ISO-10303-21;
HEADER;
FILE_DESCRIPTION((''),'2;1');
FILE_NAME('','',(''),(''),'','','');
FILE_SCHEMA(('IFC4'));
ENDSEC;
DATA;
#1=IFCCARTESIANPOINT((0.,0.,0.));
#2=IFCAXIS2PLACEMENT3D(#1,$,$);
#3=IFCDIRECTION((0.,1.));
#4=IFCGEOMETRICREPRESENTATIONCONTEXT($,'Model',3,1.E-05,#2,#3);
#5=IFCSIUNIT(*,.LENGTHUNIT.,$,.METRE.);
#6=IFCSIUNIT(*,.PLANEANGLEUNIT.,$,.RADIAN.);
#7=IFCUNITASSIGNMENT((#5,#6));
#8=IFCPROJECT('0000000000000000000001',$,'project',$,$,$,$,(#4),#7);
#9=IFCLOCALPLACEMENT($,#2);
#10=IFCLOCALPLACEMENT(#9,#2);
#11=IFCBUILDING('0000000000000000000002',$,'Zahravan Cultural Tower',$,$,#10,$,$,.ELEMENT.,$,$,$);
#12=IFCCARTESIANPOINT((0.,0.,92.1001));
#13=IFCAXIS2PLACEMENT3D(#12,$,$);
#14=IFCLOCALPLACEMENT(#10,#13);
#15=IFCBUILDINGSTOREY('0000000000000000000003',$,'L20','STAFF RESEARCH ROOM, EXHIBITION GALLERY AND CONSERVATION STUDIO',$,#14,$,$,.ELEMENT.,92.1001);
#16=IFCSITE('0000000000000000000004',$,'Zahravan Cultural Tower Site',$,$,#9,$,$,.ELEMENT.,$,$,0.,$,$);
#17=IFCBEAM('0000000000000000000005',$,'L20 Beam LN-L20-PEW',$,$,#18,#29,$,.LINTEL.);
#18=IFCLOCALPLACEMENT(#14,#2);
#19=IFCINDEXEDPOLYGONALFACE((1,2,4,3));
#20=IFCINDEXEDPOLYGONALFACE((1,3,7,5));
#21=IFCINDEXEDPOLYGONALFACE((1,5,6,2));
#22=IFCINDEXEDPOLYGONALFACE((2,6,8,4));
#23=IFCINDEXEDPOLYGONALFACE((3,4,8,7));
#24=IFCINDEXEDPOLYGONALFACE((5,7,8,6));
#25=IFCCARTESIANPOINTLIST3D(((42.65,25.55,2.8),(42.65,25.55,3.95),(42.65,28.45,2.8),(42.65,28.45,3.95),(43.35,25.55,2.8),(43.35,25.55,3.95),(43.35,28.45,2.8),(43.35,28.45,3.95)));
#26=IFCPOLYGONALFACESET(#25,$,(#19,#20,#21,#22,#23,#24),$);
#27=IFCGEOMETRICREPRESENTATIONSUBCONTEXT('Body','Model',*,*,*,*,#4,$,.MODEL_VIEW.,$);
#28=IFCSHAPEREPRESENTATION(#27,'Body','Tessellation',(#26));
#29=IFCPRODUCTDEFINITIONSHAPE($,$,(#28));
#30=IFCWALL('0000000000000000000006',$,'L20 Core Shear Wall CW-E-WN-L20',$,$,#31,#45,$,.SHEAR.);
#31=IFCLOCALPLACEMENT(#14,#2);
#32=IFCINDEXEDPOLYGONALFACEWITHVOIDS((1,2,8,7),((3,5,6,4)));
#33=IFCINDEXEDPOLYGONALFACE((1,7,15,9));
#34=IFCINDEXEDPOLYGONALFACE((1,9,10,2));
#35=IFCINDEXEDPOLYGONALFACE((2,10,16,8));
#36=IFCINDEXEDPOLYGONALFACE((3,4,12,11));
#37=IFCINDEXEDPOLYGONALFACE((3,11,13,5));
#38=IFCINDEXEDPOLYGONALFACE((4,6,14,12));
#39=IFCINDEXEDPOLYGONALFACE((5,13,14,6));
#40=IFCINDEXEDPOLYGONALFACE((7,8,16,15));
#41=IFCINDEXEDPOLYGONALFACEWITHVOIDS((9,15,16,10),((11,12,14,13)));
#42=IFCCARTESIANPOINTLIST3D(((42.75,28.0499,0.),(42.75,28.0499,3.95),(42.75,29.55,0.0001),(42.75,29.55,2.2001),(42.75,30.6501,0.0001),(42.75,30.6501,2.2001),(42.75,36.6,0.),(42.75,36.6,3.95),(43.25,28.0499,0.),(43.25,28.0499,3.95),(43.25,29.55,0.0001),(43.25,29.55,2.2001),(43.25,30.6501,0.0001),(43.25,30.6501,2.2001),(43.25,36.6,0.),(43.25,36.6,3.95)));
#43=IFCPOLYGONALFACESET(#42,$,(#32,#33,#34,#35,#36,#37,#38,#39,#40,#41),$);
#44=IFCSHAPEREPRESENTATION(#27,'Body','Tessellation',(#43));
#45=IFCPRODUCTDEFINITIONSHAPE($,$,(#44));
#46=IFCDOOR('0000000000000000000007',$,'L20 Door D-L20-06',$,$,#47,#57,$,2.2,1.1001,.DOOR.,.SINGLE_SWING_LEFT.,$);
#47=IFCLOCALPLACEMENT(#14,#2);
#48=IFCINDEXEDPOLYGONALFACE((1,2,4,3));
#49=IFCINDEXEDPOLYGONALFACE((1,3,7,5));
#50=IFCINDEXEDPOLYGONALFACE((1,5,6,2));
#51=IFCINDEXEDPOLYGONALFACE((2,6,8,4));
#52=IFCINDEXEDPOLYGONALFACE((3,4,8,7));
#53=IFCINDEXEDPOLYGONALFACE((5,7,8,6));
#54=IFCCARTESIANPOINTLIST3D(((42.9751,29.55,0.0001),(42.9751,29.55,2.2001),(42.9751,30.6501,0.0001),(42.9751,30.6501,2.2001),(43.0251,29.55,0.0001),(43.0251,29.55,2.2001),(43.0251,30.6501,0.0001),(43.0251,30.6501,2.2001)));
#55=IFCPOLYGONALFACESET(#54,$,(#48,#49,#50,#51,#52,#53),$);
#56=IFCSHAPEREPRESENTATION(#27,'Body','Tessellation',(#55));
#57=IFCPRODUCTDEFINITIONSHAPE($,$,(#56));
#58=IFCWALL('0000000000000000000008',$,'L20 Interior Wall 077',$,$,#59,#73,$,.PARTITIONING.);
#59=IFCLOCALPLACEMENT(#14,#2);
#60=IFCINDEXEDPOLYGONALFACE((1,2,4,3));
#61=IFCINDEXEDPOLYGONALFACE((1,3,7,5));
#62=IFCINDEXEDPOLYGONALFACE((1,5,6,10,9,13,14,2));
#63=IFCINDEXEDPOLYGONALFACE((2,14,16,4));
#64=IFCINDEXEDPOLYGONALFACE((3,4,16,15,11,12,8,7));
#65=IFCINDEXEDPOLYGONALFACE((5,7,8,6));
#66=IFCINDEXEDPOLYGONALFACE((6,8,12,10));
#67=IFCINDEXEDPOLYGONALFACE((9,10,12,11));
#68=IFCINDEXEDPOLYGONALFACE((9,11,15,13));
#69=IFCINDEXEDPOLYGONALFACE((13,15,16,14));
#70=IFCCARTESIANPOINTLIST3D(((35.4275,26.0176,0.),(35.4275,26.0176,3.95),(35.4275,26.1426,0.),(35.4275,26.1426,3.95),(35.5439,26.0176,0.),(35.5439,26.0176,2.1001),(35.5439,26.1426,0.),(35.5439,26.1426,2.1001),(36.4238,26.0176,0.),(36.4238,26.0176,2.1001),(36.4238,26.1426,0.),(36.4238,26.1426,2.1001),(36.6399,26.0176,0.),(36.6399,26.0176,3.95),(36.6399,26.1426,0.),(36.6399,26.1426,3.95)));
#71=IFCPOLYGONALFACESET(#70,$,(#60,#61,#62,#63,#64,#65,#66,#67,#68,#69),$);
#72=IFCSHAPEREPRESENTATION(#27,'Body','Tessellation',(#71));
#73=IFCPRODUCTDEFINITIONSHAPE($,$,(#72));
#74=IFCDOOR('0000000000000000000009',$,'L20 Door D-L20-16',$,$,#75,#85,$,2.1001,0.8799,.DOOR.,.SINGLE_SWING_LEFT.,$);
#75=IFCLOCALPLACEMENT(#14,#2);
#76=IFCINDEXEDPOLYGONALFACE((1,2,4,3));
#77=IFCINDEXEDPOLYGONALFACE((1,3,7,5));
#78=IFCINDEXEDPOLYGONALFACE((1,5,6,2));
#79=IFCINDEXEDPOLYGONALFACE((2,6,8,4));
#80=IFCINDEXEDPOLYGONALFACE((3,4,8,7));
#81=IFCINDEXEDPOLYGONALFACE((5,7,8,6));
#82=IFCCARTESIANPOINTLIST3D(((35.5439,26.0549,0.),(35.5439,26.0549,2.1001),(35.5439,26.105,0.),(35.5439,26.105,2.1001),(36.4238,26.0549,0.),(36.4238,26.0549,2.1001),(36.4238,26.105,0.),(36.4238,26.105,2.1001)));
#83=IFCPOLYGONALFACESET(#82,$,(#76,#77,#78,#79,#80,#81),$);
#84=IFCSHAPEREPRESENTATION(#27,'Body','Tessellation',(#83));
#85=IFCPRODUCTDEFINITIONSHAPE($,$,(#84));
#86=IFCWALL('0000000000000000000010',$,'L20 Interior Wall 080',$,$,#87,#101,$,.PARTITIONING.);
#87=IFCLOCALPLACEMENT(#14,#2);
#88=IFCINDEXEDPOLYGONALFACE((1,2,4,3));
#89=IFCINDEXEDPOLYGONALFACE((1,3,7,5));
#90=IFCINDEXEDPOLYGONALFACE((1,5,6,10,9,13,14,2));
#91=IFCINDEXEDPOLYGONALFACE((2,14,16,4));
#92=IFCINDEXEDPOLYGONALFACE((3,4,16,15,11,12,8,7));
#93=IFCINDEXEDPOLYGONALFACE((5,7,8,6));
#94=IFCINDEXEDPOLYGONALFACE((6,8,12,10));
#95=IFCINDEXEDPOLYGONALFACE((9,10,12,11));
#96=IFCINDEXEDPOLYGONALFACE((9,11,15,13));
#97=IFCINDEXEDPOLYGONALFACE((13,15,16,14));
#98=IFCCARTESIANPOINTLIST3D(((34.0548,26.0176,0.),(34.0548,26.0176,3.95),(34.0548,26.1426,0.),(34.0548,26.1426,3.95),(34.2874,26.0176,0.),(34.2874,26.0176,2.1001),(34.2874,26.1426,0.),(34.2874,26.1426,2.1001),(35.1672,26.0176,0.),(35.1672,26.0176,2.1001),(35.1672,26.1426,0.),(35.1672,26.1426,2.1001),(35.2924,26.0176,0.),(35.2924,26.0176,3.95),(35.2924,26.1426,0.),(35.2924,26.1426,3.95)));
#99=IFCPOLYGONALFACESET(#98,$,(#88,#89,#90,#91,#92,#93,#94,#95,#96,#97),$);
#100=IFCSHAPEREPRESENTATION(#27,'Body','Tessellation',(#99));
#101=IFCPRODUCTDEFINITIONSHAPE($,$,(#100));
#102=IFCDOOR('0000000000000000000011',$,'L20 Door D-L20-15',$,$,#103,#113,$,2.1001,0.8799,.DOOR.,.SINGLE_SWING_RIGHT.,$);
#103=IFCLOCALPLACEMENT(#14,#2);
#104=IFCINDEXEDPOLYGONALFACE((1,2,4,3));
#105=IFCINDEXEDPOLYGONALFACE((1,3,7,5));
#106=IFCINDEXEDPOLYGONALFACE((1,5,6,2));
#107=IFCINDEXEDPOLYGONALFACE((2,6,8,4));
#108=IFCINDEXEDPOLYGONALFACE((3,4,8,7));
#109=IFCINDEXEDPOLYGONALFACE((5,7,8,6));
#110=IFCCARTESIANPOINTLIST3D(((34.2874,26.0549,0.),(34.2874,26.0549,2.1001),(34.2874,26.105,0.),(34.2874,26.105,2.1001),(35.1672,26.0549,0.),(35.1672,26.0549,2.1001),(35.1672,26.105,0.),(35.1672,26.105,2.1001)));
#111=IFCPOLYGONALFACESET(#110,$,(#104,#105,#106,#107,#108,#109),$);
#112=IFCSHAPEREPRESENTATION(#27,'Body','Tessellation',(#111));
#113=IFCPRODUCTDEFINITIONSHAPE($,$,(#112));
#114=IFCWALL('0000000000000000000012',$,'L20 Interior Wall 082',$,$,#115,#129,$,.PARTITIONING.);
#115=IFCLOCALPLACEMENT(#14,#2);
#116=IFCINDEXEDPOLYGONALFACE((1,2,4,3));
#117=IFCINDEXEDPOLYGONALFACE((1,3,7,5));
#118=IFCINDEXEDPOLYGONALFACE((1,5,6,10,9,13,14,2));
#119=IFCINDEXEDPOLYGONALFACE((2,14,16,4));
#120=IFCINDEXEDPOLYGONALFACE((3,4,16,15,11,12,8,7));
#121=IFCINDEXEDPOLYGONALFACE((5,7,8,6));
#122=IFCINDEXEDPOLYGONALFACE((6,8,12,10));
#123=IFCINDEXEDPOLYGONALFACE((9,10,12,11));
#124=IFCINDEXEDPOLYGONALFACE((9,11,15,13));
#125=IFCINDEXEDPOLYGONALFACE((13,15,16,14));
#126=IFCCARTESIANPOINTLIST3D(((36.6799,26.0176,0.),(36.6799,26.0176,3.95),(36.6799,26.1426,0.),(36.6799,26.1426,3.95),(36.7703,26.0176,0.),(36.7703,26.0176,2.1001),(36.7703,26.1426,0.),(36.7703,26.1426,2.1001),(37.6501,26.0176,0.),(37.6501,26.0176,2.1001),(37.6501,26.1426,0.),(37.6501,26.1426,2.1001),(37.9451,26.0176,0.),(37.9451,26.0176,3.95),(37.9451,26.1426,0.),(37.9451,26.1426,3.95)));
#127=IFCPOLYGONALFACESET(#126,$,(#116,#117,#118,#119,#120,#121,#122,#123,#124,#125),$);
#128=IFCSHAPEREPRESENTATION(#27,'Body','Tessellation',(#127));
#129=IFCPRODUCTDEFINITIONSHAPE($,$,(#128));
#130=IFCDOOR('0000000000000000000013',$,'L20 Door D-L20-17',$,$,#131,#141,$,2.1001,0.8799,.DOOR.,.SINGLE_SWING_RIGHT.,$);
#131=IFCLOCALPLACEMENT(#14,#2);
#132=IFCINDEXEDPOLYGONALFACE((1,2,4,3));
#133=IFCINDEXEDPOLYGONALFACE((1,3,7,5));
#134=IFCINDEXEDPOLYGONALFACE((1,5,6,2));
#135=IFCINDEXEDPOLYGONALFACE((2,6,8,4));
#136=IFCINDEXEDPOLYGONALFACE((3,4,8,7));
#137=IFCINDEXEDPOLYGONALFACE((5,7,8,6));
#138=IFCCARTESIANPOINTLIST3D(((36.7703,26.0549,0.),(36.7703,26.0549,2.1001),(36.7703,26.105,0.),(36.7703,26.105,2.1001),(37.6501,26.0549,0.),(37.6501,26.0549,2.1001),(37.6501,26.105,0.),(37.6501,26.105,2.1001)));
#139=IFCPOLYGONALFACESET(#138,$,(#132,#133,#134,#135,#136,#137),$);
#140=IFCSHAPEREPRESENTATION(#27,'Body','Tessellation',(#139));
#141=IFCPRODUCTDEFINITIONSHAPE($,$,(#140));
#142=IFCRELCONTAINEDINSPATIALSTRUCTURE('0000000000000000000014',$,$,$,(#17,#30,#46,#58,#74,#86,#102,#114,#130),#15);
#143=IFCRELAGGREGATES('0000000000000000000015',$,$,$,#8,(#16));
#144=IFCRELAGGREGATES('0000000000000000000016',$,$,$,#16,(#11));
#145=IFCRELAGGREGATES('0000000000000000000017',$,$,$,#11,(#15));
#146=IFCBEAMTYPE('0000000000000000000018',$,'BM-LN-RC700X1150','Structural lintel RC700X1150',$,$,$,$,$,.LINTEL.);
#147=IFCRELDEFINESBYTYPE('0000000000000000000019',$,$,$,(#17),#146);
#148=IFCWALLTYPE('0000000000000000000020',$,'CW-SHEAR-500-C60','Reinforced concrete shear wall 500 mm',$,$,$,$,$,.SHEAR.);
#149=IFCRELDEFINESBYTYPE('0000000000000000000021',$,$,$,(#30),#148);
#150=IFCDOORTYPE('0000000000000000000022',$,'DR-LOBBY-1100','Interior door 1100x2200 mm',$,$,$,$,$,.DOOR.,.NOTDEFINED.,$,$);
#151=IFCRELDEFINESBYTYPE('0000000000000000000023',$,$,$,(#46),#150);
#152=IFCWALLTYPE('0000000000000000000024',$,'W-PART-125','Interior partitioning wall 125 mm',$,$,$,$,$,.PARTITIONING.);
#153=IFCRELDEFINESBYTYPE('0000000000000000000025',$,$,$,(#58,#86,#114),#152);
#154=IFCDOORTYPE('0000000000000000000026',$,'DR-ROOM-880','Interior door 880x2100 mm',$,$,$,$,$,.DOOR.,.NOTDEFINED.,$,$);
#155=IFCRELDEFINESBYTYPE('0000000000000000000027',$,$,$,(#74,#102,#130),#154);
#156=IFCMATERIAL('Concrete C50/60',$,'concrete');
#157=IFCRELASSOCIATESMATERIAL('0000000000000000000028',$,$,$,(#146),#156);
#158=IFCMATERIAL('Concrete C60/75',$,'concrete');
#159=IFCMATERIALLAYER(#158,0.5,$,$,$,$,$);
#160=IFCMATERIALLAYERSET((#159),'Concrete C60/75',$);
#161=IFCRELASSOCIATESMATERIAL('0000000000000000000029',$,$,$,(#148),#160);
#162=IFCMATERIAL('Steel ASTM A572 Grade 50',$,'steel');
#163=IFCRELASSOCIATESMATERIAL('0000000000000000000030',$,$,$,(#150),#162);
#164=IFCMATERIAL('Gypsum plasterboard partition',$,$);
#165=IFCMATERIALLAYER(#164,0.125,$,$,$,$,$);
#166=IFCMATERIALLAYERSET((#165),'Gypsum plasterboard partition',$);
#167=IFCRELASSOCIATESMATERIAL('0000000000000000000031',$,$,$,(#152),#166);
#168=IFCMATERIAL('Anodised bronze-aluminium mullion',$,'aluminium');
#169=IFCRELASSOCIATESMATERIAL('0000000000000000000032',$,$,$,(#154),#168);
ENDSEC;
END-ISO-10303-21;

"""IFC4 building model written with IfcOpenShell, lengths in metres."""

from ifc_helpers import new_model, si_unit, direction, frame, frame_2d, origin, origin_2d, place, context, subcontext, project, spatial, rectangle, extrude, source, transform, mapped, material, layer, layer_set, material_profile, profile_set, type_object, element, fill, save


model = new_model("IFC4")

# Units and contexts
model_context = context("Model", 3, precision=1e-05, world=origin(), true_north=direction((0.0, 1.0)))
body_context = subcontext(model_context, "Body", "Model", "MODEL_VIEW")
ifc_project = project(units=[si_unit("LENGTHUNIT", "METRE"), si_unit("PLANEANGLEUNIT", "RADIAN")], contexts=[model_context])

# Site, building, storey
site_placement = place(None, origin())
site = spatial("IfcSite", under=ifc_project, at=site_placement, Name="Zahravan Cultural Tower Site", CompositionType="ELEMENT", RefElevation=0.0)
building_placement = place(site_placement, origin())
building = spatial("IfcBuilding", under=site, at=building_placement, Name="Zahravan Cultural Tower", CompositionType="ELEMENT")
storey_placement = place(building_placement, frame((0.0, 0.0, 92.1001)))
storey = spatial("IfcBuildingStorey", under=building, at=storey_placement, Name="L20", Description="STAFF RESEARCH ROOM, EXHIBITION GALLERY AND CONSERVATION STUDIO", CompositionType="ELEMENT", Elevation=92.1001)

# Beam
ifc_material_1 = material(Name="Concrete C50/60", Category="concrete")
ifc_material_profile = material_profile(ifc_material_1, rectangle(XDim=0.7, YDim=1.1499, at=origin_2d()), Name="RC700X1150")
ifc_profile_set = profile_set([ifc_material_profile], Name="Concrete C50/60")
beam_type = type_object("IfcBeamType", Name="BM-LN-RC700X1150", Description="Structural lintel RC700X1150", PredefinedType="LINTEL", material=ifc_profile_set)
shared_shape_1 = source(origin(), body_context, "Body", "SweptSolid", [
    extrude(rectangle(XDim=0.7, YDim=1.1499, at=origin_2d()), origin(), (0.0, 0.0, 1.0), 2.8999),
])
beam_placement = place(storey_placement, frame((43.0, 25.55, 3.375), z_axis=(0.0, 1.0, 0.0), x_axis=(-1.0, 0.0, 0.0)))
element("IfcBeam", 1, at=beam_placement, inside=storey, type_object=beam_type, Name="L20 Beam LN-L20-PEW", PredefinedType="LINTEL", context=body_context, shape_type="MappedRepresentation", body=[
    mapped(shared_shape_1, transform((0.0, 0.0, 0.0), x_axis=(1.0, 0.0, 0.0), y_axis=(0.0, 1.0, 0.0), z_axis=(0.0, 0.0, 1.0), scale=1.0)),
])

# Walls, openings, doors
ifc_material_2 = material(Name="Concrete C60/75", Category="concrete")
ifc_layer_1 = layer(ifc_material_2, 0.5)
ifc_layer_set_1 = layer_set([ifc_layer_1], Name="Concrete C60/75")
wall_type_1 = type_object("IfcWallType", Name="CW-SHEAR-500-C60", Description="Reinforced concrete shear wall 500 mm", PredefinedType="SHEAR", material=ifc_layer_set_1)
wall_1_placement = place(storey_placement, frame((43.0, 28.05, 0.0), z_axis=(0.0, 0.0, 1.0), x_axis=(0.0, 1.0, 0.0)))
wall_1 = element("IfcWall", 2, at=wall_1_placement, inside=storey, type_object=wall_type_1, Name="L20 Core Shear Wall CW-E-WN-L20", PredefinedType="SHEAR", context=body_context, shape_type="SweptSolid", body=[
    extrude(rectangle(XDim=8.55, YDim=0.5, at=frame_2d((4.2749, 0.0))), origin(), (0.0, 0.0, 1.0), 3.95),
])
opening_1_placement = place(wall_1_placement, frame((1.5, 0.0, 0.0)))
opening_1 = element("IfcOpeningElement", 3, at=opening_1_placement, cuts=wall_1, PredefinedType="OPENING", context=body_context, shape_type="SweptSolid", body=[
    extrude(rectangle(XDim=1.1001, YDim=2.2, at=frame_2d((0.55, 1.1001))), frame((0.0, 0.26, 0.0), z_axis=(0.0, -1.0, 0.0), x_axis=(1.0, 0.0, 0.0)), (0.0, 0.0, 1.0), 0.52),
])
ifc_material_3 = material(Name="Steel ASTM A572 Grade 50", Category="steel")
door_type_1 = type_object("IfcDoorType", Name="DR-LOBBY-1100", Description="Interior door 1100x2200 mm", OperationType="NOTDEFINED", PredefinedType="DOOR", material=ifc_material_3)
shared_shape_2 = source(origin(), body_context, "Body", "SweptSolid", [
    extrude(rectangle(XDim=1.1001, YDim=2.2, at=frame_2d((0.55, 1.1001))), frame((0.0, 0.0249, 0.0), z_axis=(0.0, -1.0, 0.0), x_axis=(1.0, 0.0, 0.0)), (0.0, 0.0, 1.0), 0.05),
])
door_1_placement = place(opening_1_placement, origin())
door_1 = element("IfcDoor", 4, at=door_1_placement, inside=storey, type_object=door_type_1, Name="L20 Door D-L20-06", OperationType="SINGLE_SWING_LEFT", OverallHeight=2.2, OverallWidth=1.1001, PredefinedType="DOOR", context=body_context, shape_type="MappedRepresentation", body=[
    mapped(shared_shape_2, transform((0.0, 0.0, 0.0), x_axis=(1.0, 0.0, 0.0), y_axis=(0.0, 1.0, 0.0), z_axis=(0.0, 0.0, 1.0), scale=1.0)),
])
fill(opening_1, door_1)
ifc_material_4 = material(Name="Gypsum plasterboard partition")
ifc_layer_2 = layer(ifc_material_4, 0.125)
ifc_layer_set_2 = layer_set([ifc_layer_2], Name="Gypsum plasterboard partition")
wall_type_2 = type_object("IfcWallType", Name="W-PART-125", Description="Interior partitioning wall 125 mm", PredefinedType="PARTITIONING", material=ifc_layer_set_2)
wall_2_placement = place(storey_placement, frame((35.4275, 26.0801, 0.0), z_axis=(0.0, 0.0, 1.0), x_axis=(1.0, 0.0, 0.0)))
wall_2 = element("IfcWall", 5, at=wall_2_placement, inside=storey, type_object=wall_type_2, Name="L20 Interior Wall 077", PredefinedType="PARTITIONING", context=body_context, shape_type="SweptSolid", body=[
    extrude(rectangle(XDim=1.2124, YDim=0.125, at=frame_2d((0.6062, 0.0))), origin(), (0.0, 0.0, 1.0), 3.95),
])
opening_2_placement = place(wall_2_placement, frame((0.1165, 0.0, 0.0)))
opening_2 = element("IfcOpeningElement", 6, at=opening_2_placement, cuts=wall_2, PredefinedType="OPENING", context=body_context, shape_type="SweptSolid", body=[
    extrude(rectangle(XDim=0.8799, YDim=2.1001, at=frame_2d((0.4399, 1.05))), frame((0.0, 0.0725, 0.0), z_axis=(0.0, -1.0, 0.0), x_axis=(1.0, 0.0, 0.0)), (0.0, 0.0, 1.0), 0.145),
])
ifc_material_5 = material(Name="Anodised bronze-aluminium mullion", Category="aluminium")
door_type_2 = type_object("IfcDoorType", Name="DR-ROOM-880", Description="Interior door 880x2100 mm", OperationType="NOTDEFINED", PredefinedType="DOOR", material=ifc_material_5)
shared_shape_3 = source(origin(), body_context, "Body", "SweptSolid", [
    extrude(rectangle(XDim=0.8799, YDim=2.1001, at=frame_2d((0.4399, 1.05))), frame((0.0, 0.0249, 0.0), z_axis=(0.0, -1.0, 0.0), x_axis=(1.0, 0.0, 0.0)), (0.0, 0.0, 1.0), 0.05),
])
door_2_placement = place(opening_2_placement, origin())
door_2 = element("IfcDoor", 7, at=door_2_placement, inside=storey, type_object=door_type_2, Name="L20 Door D-L20-16", OperationType="SINGLE_SWING_LEFT", OverallHeight=2.1001, OverallWidth=0.8799, PredefinedType="DOOR", context=body_context, shape_type="MappedRepresentation", body=[
    mapped(shared_shape_3, transform((0.0, 0.0, 0.0), x_axis=(1.0, 0.0, 0.0), y_axis=(0.0, 1.0, 0.0), z_axis=(0.0, 0.0, 1.0), scale=1.0)),
])
fill(opening_2, door_2)
wall_3_placement = place(storey_placement, frame((34.0549, 26.0801, 0.0), z_axis=(0.0, 0.0, 1.0), x_axis=(1.0, 0.0, 0.0)))
wall_3 = element("IfcWall", 8, at=wall_3_placement, inside=storey, type_object=wall_type_2, Name="L20 Interior Wall 080", PredefinedType="PARTITIONING", context=body_context, shape_type="SweptSolid", body=[
    extrude(rectangle(XDim=1.2375, YDim=0.125, at=frame_2d((0.6187, 0.0))), origin(), (0.0, 0.0, 1.0), 3.95),
])
opening_3_placement = place(wall_3_placement, frame((0.2324, 0.0, 0.0)))
opening_3 = element("IfcOpeningElement", 9, at=opening_3_placement, cuts=wall_3, PredefinedType="OPENING", context=body_context, shape_type="SweptSolid", body=[
    extrude(rectangle(XDim=0.8799, YDim=2.1001, at=frame_2d((0.4399, 1.05))), frame((0.0, 0.0725, 0.0), z_axis=(0.0, -1.0, 0.0), x_axis=(1.0, 0.0, 0.0)), (0.0, 0.0, 1.0), 0.145),
])
door_3_placement = place(opening_3_placement, origin())
door_3 = element("IfcDoor", 10, at=door_3_placement, inside=storey, type_object=door_type_2, Name="L20 Door D-L20-15", OperationType="SINGLE_SWING_RIGHT", OverallHeight=2.1001, OverallWidth=0.8799, PredefinedType="DOOR", context=body_context, shape_type="MappedRepresentation", body=[
    mapped(shared_shape_3, transform((0.0, 0.0, 0.0), x_axis=(1.0, 0.0, 0.0), y_axis=(0.0, 1.0, 0.0), z_axis=(0.0, 0.0, 1.0), scale=1.0)),
])
fill(opening_3, door_3)
wall_4_placement = place(storey_placement, frame((36.6799, 26.0801, 0.0), z_axis=(0.0, 0.0, 1.0), x_axis=(1.0, 0.0, 0.0)))
wall_4 = element("IfcWall", 11, at=wall_4_placement, inside=storey, type_object=wall_type_2, Name="L20 Interior Wall 082", PredefinedType="PARTITIONING", context=body_context, shape_type="SweptSolid", body=[
    extrude(rectangle(XDim=1.2651, YDim=0.125, at=frame_2d((0.6326, 0.0))), origin(), (0.0, 0.0, 1.0), 3.95),
])
opening_4_placement = place(wall_4_placement, frame((0.0903, 0.0, 0.0)))
opening_4 = element("IfcOpeningElement", 12, at=opening_4_placement, cuts=wall_4, PredefinedType="OPENING", context=body_context, shape_type="SweptSolid", body=[
    extrude(rectangle(XDim=0.8799, YDim=2.1001, at=frame_2d((0.4399, 1.05))), frame((0.0, 0.0725, 0.0), z_axis=(0.0, -1.0, 0.0), x_axis=(1.0, 0.0, 0.0)), (0.0, 0.0, 1.0), 0.145),
])
door_4_placement = place(opening_4_placement, origin())
door_4 = element("IfcDoor", 13, at=door_4_placement, inside=storey, type_object=door_type_2, Name="L20 Door D-L20-17", OperationType="SINGLE_SWING_RIGHT", OverallHeight=2.1001, OverallWidth=0.8799, PredefinedType="DOOR", context=body_context, shape_type="MappedRepresentation", body=[
    mapped(shared_shape_3, transform((0.0, 0.0, 0.0), x_axis=(1.0, 0.0, 0.0), y_axis=(0.0, 1.0, 0.0), z_axis=(0.0, 0.0, 1.0), scale=1.0)),
])
fill(opening_4, door_4)

save(model, "model.ifc")
